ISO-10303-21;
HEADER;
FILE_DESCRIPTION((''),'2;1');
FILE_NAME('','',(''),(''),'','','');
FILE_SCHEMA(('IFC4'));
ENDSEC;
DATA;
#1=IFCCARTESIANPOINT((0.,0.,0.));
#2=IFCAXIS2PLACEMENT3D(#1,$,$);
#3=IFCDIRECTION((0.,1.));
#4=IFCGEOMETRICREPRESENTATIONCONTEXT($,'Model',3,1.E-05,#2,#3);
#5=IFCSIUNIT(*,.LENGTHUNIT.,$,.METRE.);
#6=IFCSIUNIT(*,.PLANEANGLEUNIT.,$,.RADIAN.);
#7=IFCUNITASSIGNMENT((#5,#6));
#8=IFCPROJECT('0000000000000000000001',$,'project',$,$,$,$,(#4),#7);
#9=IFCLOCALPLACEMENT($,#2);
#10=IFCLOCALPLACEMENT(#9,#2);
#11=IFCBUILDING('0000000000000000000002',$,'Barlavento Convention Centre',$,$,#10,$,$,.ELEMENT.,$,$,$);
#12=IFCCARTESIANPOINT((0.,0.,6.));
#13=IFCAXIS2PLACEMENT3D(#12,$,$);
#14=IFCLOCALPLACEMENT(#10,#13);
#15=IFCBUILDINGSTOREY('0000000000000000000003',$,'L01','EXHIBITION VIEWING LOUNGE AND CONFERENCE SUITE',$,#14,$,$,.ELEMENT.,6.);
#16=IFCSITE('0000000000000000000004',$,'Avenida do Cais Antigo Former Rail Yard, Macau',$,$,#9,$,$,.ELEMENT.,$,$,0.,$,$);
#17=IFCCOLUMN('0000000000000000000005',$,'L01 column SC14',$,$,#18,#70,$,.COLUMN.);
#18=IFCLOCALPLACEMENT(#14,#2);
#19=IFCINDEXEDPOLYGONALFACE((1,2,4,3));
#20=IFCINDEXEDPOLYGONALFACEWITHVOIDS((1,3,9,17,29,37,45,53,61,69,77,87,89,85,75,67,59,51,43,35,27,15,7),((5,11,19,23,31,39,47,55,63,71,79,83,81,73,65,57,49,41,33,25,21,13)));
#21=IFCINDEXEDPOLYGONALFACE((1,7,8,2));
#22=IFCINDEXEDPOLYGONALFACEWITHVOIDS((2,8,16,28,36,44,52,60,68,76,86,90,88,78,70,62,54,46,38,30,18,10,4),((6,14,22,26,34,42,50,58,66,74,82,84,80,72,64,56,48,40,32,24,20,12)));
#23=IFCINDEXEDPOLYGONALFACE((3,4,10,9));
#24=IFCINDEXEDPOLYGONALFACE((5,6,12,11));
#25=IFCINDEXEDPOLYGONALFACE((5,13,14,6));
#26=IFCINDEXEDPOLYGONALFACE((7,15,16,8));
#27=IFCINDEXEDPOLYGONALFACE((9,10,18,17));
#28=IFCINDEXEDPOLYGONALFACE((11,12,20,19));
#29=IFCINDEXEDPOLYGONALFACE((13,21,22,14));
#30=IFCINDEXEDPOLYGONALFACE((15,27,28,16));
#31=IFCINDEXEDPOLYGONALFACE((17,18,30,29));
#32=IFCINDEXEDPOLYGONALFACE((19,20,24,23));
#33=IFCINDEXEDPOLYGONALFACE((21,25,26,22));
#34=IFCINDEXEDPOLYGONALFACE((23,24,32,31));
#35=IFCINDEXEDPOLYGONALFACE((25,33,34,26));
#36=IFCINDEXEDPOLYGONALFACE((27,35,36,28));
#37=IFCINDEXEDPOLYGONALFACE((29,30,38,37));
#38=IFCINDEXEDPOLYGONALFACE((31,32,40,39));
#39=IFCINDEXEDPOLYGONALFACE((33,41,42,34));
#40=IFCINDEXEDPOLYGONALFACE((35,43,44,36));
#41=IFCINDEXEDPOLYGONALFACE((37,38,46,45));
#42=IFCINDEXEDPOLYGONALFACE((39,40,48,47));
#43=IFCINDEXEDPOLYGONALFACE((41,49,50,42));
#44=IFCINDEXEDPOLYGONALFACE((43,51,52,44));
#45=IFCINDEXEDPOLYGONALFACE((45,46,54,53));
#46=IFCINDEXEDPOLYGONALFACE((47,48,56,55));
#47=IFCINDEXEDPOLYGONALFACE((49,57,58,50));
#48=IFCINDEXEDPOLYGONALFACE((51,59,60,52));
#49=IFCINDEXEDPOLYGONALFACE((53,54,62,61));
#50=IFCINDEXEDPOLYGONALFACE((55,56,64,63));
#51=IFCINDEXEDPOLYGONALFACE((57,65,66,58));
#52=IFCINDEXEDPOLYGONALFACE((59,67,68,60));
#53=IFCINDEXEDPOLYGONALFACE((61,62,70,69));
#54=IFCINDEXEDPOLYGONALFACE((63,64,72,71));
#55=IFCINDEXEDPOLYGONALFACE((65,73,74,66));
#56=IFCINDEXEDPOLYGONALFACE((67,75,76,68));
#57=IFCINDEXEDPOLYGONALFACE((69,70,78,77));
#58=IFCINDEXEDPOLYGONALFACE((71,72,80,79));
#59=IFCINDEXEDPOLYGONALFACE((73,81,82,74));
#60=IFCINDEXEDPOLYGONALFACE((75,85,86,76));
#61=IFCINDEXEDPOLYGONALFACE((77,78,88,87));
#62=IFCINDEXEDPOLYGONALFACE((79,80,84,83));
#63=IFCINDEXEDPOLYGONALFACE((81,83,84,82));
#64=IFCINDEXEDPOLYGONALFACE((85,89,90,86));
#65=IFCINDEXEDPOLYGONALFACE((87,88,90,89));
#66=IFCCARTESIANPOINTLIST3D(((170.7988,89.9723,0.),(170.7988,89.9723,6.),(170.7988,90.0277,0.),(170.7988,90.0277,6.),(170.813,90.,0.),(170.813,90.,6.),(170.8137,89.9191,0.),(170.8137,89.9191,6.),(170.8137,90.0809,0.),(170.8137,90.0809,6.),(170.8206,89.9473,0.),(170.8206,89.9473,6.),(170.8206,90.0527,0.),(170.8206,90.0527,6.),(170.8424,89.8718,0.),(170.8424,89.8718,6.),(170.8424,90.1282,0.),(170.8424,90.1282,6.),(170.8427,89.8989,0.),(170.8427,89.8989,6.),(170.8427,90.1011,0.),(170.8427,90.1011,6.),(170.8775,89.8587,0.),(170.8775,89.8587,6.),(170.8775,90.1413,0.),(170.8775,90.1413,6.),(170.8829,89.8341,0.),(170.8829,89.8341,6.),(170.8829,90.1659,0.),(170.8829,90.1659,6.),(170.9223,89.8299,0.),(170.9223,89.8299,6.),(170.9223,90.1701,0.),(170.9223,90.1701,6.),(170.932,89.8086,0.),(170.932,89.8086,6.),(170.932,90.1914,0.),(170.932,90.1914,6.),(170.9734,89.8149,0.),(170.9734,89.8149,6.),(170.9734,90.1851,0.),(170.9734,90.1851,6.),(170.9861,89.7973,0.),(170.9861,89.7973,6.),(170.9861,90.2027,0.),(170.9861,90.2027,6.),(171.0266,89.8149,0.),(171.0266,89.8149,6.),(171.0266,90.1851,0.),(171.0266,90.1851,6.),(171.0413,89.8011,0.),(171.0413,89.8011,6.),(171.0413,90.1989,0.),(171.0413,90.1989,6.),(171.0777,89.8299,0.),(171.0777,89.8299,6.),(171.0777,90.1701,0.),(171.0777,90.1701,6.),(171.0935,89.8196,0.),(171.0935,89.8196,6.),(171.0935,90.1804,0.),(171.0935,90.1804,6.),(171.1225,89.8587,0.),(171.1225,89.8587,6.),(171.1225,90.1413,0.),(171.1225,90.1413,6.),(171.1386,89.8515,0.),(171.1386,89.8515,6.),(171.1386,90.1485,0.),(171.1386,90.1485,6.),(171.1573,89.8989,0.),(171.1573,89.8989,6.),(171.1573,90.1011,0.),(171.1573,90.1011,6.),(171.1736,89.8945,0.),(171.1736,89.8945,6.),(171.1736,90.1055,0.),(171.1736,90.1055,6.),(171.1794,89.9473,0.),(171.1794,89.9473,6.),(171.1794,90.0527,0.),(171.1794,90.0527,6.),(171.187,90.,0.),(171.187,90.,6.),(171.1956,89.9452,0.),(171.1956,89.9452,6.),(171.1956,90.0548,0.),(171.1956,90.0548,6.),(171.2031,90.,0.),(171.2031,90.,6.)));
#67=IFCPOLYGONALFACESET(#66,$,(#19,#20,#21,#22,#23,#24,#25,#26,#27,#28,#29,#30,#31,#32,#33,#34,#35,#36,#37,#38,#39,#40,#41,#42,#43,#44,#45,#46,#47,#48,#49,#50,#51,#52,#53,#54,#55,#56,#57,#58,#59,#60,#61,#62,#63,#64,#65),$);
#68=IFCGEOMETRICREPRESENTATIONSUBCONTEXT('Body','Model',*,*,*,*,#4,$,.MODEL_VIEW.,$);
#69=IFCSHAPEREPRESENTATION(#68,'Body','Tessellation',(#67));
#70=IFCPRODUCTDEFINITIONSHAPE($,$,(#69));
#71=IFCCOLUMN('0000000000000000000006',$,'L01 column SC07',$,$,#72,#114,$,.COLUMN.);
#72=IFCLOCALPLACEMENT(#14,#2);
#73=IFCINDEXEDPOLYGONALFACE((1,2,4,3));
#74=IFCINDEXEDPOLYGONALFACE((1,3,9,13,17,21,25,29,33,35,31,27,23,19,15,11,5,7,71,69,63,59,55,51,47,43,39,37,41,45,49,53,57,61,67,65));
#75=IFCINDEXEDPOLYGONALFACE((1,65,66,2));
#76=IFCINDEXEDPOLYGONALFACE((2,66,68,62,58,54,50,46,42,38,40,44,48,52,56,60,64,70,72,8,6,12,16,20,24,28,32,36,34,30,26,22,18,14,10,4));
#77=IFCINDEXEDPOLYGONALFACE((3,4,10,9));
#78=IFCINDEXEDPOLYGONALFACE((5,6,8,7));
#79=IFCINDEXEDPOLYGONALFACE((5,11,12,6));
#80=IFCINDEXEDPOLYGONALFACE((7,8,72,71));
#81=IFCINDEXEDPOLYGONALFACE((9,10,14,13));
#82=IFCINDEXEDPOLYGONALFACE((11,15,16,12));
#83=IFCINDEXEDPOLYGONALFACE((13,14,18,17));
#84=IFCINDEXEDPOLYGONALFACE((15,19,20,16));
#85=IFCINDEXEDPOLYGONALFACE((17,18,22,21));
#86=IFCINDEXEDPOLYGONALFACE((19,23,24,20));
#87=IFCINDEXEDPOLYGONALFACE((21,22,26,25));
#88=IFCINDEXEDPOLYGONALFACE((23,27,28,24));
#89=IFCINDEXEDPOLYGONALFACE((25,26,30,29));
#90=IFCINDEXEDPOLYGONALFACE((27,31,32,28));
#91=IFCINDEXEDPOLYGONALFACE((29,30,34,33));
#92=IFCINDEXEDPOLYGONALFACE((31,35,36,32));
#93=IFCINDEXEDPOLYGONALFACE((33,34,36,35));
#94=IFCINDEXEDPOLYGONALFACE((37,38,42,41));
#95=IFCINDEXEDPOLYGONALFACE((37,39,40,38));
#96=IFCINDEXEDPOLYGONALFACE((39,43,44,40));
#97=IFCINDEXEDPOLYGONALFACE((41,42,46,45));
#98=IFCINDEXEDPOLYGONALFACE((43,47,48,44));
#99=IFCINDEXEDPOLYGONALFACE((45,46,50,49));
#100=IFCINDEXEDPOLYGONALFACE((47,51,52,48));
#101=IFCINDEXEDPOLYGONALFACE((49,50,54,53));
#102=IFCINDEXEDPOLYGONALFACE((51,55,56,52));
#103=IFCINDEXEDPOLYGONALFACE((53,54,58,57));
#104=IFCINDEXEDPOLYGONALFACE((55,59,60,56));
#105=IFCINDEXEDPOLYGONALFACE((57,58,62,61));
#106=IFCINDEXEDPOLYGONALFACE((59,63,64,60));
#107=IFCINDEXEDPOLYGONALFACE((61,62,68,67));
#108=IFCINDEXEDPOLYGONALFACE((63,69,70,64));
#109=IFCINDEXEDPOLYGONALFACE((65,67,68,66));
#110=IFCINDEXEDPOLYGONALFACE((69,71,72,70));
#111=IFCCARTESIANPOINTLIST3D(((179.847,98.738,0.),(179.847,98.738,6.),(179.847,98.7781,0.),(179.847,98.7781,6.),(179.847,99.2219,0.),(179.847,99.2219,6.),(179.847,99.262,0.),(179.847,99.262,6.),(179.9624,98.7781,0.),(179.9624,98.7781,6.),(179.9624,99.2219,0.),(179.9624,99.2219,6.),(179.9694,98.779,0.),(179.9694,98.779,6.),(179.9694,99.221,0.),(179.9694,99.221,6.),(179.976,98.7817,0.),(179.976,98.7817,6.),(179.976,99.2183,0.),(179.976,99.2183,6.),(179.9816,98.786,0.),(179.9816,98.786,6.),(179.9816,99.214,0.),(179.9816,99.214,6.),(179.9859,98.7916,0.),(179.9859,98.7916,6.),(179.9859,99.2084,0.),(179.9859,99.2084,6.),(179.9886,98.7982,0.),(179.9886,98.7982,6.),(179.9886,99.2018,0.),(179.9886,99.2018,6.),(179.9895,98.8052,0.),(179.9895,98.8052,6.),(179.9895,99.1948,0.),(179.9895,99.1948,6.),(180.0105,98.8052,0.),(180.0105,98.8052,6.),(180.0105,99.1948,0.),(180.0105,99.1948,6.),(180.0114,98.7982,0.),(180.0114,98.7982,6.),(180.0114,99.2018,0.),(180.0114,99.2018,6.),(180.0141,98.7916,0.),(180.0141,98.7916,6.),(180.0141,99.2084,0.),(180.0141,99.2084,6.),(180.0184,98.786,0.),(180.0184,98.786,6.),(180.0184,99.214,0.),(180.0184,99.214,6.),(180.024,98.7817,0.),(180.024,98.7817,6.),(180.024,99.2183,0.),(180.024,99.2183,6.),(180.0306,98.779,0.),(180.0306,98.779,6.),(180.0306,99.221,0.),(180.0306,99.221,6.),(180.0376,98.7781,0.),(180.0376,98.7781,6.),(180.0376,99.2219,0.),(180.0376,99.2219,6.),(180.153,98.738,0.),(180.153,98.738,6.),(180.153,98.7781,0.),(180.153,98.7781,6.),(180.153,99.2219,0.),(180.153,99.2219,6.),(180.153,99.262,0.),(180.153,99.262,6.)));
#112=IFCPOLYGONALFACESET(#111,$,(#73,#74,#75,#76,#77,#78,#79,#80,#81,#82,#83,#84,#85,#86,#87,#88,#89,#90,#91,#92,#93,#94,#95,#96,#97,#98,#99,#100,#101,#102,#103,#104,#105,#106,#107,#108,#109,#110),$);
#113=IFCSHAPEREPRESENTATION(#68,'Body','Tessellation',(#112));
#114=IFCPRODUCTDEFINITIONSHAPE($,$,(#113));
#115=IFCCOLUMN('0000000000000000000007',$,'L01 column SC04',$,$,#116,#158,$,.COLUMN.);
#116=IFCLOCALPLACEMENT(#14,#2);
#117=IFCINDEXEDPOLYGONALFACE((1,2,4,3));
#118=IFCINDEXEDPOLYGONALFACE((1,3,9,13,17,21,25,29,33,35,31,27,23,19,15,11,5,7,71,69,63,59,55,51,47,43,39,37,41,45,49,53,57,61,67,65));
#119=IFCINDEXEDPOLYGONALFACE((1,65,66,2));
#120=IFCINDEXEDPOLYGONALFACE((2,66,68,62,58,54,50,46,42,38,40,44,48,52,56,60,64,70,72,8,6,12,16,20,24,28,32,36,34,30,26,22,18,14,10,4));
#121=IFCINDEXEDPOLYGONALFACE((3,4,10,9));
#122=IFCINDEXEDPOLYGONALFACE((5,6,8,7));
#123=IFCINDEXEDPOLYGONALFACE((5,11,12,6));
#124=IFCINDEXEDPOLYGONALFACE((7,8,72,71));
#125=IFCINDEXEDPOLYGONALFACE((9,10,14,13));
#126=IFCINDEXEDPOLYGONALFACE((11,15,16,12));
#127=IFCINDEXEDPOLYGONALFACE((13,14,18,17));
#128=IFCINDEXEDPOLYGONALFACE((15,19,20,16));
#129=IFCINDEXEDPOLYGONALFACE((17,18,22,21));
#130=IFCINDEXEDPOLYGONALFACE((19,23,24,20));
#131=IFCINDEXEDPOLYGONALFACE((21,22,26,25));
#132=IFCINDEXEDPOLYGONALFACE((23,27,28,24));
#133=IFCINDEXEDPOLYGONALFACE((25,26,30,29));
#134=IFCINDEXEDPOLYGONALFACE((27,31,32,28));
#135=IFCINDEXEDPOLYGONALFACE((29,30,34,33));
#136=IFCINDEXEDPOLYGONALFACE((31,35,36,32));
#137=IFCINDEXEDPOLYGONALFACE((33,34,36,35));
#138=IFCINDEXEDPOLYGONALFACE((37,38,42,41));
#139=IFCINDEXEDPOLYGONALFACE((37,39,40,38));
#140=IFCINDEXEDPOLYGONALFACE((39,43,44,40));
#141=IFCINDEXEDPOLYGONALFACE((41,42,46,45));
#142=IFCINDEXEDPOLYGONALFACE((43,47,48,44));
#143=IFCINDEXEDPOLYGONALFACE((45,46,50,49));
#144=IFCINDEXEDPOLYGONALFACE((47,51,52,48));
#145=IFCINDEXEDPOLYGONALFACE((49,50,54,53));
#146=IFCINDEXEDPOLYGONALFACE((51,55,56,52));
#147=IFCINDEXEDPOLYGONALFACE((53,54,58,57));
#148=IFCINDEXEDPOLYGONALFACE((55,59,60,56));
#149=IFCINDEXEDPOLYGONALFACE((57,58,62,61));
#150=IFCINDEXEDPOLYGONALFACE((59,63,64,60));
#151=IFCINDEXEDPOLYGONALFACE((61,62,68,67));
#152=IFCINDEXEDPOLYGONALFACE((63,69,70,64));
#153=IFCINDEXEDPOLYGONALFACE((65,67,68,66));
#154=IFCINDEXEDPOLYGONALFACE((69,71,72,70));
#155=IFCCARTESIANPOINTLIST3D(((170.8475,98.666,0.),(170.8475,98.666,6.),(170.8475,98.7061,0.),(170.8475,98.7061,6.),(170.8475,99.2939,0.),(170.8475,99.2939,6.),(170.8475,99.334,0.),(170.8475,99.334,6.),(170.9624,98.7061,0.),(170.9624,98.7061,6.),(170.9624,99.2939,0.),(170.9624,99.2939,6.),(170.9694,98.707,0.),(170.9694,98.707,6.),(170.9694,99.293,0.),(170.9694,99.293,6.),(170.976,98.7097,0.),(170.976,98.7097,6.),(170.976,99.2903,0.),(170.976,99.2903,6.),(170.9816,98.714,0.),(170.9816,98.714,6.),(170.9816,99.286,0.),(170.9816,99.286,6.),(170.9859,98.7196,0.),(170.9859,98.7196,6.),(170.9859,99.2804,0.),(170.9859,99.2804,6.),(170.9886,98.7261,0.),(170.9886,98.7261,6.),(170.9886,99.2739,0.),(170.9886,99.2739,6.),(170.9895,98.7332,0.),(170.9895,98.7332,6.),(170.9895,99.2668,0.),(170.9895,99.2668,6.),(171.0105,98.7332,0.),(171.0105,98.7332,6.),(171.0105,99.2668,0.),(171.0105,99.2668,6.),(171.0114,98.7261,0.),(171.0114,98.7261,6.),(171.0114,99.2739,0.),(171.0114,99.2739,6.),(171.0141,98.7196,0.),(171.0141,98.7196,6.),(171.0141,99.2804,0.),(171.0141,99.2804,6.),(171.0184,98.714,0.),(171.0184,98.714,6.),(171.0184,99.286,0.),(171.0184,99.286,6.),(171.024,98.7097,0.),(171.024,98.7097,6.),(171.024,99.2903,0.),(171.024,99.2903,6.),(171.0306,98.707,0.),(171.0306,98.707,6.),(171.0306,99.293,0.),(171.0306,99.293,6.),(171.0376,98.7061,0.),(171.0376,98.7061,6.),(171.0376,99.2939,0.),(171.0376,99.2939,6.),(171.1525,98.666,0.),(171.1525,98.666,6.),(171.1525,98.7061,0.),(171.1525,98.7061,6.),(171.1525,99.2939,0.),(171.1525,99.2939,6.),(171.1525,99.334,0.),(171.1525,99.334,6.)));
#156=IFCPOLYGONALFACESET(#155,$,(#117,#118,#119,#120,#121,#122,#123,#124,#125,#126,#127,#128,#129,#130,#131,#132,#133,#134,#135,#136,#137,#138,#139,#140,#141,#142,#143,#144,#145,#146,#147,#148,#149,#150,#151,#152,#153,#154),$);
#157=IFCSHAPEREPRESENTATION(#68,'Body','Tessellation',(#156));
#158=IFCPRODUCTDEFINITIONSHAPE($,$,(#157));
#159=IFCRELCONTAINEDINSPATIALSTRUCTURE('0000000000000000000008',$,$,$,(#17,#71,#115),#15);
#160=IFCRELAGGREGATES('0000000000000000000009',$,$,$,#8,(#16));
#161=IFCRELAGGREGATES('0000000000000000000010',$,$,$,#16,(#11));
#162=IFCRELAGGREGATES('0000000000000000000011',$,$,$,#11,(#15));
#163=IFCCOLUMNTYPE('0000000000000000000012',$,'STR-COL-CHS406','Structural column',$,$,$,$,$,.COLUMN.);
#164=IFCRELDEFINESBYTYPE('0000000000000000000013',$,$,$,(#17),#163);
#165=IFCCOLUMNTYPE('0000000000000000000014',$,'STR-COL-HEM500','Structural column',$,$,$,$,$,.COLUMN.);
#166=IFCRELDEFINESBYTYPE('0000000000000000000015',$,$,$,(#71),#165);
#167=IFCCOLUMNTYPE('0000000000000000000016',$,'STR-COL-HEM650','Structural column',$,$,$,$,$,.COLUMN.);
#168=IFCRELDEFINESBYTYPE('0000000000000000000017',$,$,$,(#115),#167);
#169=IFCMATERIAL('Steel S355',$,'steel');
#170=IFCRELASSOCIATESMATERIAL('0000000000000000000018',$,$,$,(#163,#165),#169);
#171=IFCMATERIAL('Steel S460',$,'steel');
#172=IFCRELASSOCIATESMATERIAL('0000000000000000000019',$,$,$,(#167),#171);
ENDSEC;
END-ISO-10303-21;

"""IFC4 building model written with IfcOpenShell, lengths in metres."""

from ifc_helpers import new_model, si_unit, direction, frame, origin, origin_2d, place, context, subcontext, project, spatial, hollow_circle, i_section, extrude, material, material_profile, profile_set, type_object, element, save


model = new_model("IFC4")

# Units and contexts
model_context = context("Model", 3, precision=1e-05, world=origin(), true_north=direction((0.0, 1.0)))
body_context = subcontext(model_context, "Body", "Model", "MODEL_VIEW")
ifc_project = project(units=[si_unit("LENGTHUNIT", "METRE"), si_unit("PLANEANGLEUNIT", "RADIAN")], contexts=[model_context])

# Site, building, storey
site_placement = place(None, origin())
site = spatial("IfcSite", under=ifc_project, at=site_placement, Name="Avenida do Cais Antigo Former Rail Yard, Macau", CompositionType="ELEMENT", RefElevation=0.0)
building_placement = place(site_placement, origin())
building = spatial("IfcBuilding", under=site, at=building_placement, Name="Barlavento Convention Centre", CompositionType="ELEMENT")
storey_placement = place(building_placement, frame((0.0, 0.0, 6.0)))
storey = spatial("IfcBuildingStorey", under=building, at=storey_placement, Name="L01", Description="EXHIBITION VIEWING LOUNGE AND CONFERENCE SUITE", CompositionType="ELEMENT", Elevation=6.0)

# Columns
ifc_material_1 = material(Name="Steel S355", Category="steel")
ifc_material_profile_1 = material_profile(ifc_material_1, hollow_circle(Radius=0.2031, WallThickness=0.0161, at=origin_2d()), Name="CHS 406.4x16.0")
ifc_profile_set_1 = profile_set([ifc_material_profile_1], Name="Steel S355")
column_type_1 = type_object("IfcColumnType", Name="STR-COL-CHS406", Description="Structural column", PredefinedType="COLUMN", material=ifc_profile_set_1)
column_1_placement = place(storey_placement, frame((171.0, 90.0, 0.0), z_axis=(0.0, 0.0, 1.0), x_axis=(1.0, 0.0, 0.0)))
element("IfcColumn", 1, at=column_1_placement, inside=storey, type_object=column_type_1, Name="L01 column SC14", PredefinedType="COLUMN", context=body_context, shape_type="SweptSolid", body=[
    extrude(hollow_circle(Radius=0.2031, WallThickness=0.0161, at=origin_2d()), origin(), (0.0, 0.0, 1.0), 6.0),
])
ifc_material_profile_2 = material_profile(ifc_material_1, i_section(OverallWidth=0.3059, OverallDepth=0.5239, WebThickness=0.021, FlangeThickness=0.04, FilletRadius=0.0271, at=origin_2d()), Name="HEM 500")
ifc_profile_set_2 = profile_set([ifc_material_profile_2], Name="Steel S355")
column_type_2 = type_object("IfcColumnType", Name="STR-COL-HEM500", Description="Structural column", PredefinedType="COLUMN", material=ifc_profile_set_2)
column_2_placement = place(storey_placement, frame((180.0, 99.0, 0.0), z_axis=(0.0, 0.0, 1.0), x_axis=(1.0, 0.0, 0.0)))
element("IfcColumn", 2, at=column_2_placement, inside=storey, type_object=column_type_2, Name="L01 column SC07", PredefinedType="COLUMN", context=body_context, shape_type="SweptSolid", body=[
    extrude(i_section(OverallWidth=0.3059, OverallDepth=0.5239, WebThickness=0.021, FlangeThickness=0.04, FilletRadius=0.0271, at=origin_2d()), origin(), (0.0, 0.0, 1.0), 6.0),
])
ifc_material_2 = material(Name="Steel S460", Category="steel")
ifc_material_profile_3 = material_profile(ifc_material_2, i_section(OverallWidth=0.3049, OverallDepth=0.668, WebThickness=0.021, FlangeThickness=0.04, FilletRadius=0.0271, at=origin_2d()), Name="HEM 650")
ifc_profile_set_3 = profile_set([ifc_material_profile_3], Name="Steel S460")
column_type_3 = type_object("IfcColumnType", Name="STR-COL-HEM650", Description="Structural column", PredefinedType="COLUMN", material=ifc_profile_set_3)
for number, where, z_axis, x_axis, name in (
    (3, (171.0, 99.0, 0.0), (0.0, 0.0, 1.0), (1.0, 0.0, 0.0), "L01 column SC04"),
):
    element("IfcColumn", number, at=place(storey_placement, frame(where, z_axis=z_axis, x_axis=x_axis)), inside=storey, type_object=column_type_3, Name=name, PredefinedType="COLUMN", context=body_context, shape_type="SweptSolid", body=[
        extrude(i_section(OverallWidth=0.3049, OverallDepth=0.668, WebThickness=0.021, FlangeThickness=0.04, FilletRadius=0.0271, at=origin_2d()), origin(), (0.0, 0.0, 1.0), 6.0),
    ])

save(model, "model.ifc")
